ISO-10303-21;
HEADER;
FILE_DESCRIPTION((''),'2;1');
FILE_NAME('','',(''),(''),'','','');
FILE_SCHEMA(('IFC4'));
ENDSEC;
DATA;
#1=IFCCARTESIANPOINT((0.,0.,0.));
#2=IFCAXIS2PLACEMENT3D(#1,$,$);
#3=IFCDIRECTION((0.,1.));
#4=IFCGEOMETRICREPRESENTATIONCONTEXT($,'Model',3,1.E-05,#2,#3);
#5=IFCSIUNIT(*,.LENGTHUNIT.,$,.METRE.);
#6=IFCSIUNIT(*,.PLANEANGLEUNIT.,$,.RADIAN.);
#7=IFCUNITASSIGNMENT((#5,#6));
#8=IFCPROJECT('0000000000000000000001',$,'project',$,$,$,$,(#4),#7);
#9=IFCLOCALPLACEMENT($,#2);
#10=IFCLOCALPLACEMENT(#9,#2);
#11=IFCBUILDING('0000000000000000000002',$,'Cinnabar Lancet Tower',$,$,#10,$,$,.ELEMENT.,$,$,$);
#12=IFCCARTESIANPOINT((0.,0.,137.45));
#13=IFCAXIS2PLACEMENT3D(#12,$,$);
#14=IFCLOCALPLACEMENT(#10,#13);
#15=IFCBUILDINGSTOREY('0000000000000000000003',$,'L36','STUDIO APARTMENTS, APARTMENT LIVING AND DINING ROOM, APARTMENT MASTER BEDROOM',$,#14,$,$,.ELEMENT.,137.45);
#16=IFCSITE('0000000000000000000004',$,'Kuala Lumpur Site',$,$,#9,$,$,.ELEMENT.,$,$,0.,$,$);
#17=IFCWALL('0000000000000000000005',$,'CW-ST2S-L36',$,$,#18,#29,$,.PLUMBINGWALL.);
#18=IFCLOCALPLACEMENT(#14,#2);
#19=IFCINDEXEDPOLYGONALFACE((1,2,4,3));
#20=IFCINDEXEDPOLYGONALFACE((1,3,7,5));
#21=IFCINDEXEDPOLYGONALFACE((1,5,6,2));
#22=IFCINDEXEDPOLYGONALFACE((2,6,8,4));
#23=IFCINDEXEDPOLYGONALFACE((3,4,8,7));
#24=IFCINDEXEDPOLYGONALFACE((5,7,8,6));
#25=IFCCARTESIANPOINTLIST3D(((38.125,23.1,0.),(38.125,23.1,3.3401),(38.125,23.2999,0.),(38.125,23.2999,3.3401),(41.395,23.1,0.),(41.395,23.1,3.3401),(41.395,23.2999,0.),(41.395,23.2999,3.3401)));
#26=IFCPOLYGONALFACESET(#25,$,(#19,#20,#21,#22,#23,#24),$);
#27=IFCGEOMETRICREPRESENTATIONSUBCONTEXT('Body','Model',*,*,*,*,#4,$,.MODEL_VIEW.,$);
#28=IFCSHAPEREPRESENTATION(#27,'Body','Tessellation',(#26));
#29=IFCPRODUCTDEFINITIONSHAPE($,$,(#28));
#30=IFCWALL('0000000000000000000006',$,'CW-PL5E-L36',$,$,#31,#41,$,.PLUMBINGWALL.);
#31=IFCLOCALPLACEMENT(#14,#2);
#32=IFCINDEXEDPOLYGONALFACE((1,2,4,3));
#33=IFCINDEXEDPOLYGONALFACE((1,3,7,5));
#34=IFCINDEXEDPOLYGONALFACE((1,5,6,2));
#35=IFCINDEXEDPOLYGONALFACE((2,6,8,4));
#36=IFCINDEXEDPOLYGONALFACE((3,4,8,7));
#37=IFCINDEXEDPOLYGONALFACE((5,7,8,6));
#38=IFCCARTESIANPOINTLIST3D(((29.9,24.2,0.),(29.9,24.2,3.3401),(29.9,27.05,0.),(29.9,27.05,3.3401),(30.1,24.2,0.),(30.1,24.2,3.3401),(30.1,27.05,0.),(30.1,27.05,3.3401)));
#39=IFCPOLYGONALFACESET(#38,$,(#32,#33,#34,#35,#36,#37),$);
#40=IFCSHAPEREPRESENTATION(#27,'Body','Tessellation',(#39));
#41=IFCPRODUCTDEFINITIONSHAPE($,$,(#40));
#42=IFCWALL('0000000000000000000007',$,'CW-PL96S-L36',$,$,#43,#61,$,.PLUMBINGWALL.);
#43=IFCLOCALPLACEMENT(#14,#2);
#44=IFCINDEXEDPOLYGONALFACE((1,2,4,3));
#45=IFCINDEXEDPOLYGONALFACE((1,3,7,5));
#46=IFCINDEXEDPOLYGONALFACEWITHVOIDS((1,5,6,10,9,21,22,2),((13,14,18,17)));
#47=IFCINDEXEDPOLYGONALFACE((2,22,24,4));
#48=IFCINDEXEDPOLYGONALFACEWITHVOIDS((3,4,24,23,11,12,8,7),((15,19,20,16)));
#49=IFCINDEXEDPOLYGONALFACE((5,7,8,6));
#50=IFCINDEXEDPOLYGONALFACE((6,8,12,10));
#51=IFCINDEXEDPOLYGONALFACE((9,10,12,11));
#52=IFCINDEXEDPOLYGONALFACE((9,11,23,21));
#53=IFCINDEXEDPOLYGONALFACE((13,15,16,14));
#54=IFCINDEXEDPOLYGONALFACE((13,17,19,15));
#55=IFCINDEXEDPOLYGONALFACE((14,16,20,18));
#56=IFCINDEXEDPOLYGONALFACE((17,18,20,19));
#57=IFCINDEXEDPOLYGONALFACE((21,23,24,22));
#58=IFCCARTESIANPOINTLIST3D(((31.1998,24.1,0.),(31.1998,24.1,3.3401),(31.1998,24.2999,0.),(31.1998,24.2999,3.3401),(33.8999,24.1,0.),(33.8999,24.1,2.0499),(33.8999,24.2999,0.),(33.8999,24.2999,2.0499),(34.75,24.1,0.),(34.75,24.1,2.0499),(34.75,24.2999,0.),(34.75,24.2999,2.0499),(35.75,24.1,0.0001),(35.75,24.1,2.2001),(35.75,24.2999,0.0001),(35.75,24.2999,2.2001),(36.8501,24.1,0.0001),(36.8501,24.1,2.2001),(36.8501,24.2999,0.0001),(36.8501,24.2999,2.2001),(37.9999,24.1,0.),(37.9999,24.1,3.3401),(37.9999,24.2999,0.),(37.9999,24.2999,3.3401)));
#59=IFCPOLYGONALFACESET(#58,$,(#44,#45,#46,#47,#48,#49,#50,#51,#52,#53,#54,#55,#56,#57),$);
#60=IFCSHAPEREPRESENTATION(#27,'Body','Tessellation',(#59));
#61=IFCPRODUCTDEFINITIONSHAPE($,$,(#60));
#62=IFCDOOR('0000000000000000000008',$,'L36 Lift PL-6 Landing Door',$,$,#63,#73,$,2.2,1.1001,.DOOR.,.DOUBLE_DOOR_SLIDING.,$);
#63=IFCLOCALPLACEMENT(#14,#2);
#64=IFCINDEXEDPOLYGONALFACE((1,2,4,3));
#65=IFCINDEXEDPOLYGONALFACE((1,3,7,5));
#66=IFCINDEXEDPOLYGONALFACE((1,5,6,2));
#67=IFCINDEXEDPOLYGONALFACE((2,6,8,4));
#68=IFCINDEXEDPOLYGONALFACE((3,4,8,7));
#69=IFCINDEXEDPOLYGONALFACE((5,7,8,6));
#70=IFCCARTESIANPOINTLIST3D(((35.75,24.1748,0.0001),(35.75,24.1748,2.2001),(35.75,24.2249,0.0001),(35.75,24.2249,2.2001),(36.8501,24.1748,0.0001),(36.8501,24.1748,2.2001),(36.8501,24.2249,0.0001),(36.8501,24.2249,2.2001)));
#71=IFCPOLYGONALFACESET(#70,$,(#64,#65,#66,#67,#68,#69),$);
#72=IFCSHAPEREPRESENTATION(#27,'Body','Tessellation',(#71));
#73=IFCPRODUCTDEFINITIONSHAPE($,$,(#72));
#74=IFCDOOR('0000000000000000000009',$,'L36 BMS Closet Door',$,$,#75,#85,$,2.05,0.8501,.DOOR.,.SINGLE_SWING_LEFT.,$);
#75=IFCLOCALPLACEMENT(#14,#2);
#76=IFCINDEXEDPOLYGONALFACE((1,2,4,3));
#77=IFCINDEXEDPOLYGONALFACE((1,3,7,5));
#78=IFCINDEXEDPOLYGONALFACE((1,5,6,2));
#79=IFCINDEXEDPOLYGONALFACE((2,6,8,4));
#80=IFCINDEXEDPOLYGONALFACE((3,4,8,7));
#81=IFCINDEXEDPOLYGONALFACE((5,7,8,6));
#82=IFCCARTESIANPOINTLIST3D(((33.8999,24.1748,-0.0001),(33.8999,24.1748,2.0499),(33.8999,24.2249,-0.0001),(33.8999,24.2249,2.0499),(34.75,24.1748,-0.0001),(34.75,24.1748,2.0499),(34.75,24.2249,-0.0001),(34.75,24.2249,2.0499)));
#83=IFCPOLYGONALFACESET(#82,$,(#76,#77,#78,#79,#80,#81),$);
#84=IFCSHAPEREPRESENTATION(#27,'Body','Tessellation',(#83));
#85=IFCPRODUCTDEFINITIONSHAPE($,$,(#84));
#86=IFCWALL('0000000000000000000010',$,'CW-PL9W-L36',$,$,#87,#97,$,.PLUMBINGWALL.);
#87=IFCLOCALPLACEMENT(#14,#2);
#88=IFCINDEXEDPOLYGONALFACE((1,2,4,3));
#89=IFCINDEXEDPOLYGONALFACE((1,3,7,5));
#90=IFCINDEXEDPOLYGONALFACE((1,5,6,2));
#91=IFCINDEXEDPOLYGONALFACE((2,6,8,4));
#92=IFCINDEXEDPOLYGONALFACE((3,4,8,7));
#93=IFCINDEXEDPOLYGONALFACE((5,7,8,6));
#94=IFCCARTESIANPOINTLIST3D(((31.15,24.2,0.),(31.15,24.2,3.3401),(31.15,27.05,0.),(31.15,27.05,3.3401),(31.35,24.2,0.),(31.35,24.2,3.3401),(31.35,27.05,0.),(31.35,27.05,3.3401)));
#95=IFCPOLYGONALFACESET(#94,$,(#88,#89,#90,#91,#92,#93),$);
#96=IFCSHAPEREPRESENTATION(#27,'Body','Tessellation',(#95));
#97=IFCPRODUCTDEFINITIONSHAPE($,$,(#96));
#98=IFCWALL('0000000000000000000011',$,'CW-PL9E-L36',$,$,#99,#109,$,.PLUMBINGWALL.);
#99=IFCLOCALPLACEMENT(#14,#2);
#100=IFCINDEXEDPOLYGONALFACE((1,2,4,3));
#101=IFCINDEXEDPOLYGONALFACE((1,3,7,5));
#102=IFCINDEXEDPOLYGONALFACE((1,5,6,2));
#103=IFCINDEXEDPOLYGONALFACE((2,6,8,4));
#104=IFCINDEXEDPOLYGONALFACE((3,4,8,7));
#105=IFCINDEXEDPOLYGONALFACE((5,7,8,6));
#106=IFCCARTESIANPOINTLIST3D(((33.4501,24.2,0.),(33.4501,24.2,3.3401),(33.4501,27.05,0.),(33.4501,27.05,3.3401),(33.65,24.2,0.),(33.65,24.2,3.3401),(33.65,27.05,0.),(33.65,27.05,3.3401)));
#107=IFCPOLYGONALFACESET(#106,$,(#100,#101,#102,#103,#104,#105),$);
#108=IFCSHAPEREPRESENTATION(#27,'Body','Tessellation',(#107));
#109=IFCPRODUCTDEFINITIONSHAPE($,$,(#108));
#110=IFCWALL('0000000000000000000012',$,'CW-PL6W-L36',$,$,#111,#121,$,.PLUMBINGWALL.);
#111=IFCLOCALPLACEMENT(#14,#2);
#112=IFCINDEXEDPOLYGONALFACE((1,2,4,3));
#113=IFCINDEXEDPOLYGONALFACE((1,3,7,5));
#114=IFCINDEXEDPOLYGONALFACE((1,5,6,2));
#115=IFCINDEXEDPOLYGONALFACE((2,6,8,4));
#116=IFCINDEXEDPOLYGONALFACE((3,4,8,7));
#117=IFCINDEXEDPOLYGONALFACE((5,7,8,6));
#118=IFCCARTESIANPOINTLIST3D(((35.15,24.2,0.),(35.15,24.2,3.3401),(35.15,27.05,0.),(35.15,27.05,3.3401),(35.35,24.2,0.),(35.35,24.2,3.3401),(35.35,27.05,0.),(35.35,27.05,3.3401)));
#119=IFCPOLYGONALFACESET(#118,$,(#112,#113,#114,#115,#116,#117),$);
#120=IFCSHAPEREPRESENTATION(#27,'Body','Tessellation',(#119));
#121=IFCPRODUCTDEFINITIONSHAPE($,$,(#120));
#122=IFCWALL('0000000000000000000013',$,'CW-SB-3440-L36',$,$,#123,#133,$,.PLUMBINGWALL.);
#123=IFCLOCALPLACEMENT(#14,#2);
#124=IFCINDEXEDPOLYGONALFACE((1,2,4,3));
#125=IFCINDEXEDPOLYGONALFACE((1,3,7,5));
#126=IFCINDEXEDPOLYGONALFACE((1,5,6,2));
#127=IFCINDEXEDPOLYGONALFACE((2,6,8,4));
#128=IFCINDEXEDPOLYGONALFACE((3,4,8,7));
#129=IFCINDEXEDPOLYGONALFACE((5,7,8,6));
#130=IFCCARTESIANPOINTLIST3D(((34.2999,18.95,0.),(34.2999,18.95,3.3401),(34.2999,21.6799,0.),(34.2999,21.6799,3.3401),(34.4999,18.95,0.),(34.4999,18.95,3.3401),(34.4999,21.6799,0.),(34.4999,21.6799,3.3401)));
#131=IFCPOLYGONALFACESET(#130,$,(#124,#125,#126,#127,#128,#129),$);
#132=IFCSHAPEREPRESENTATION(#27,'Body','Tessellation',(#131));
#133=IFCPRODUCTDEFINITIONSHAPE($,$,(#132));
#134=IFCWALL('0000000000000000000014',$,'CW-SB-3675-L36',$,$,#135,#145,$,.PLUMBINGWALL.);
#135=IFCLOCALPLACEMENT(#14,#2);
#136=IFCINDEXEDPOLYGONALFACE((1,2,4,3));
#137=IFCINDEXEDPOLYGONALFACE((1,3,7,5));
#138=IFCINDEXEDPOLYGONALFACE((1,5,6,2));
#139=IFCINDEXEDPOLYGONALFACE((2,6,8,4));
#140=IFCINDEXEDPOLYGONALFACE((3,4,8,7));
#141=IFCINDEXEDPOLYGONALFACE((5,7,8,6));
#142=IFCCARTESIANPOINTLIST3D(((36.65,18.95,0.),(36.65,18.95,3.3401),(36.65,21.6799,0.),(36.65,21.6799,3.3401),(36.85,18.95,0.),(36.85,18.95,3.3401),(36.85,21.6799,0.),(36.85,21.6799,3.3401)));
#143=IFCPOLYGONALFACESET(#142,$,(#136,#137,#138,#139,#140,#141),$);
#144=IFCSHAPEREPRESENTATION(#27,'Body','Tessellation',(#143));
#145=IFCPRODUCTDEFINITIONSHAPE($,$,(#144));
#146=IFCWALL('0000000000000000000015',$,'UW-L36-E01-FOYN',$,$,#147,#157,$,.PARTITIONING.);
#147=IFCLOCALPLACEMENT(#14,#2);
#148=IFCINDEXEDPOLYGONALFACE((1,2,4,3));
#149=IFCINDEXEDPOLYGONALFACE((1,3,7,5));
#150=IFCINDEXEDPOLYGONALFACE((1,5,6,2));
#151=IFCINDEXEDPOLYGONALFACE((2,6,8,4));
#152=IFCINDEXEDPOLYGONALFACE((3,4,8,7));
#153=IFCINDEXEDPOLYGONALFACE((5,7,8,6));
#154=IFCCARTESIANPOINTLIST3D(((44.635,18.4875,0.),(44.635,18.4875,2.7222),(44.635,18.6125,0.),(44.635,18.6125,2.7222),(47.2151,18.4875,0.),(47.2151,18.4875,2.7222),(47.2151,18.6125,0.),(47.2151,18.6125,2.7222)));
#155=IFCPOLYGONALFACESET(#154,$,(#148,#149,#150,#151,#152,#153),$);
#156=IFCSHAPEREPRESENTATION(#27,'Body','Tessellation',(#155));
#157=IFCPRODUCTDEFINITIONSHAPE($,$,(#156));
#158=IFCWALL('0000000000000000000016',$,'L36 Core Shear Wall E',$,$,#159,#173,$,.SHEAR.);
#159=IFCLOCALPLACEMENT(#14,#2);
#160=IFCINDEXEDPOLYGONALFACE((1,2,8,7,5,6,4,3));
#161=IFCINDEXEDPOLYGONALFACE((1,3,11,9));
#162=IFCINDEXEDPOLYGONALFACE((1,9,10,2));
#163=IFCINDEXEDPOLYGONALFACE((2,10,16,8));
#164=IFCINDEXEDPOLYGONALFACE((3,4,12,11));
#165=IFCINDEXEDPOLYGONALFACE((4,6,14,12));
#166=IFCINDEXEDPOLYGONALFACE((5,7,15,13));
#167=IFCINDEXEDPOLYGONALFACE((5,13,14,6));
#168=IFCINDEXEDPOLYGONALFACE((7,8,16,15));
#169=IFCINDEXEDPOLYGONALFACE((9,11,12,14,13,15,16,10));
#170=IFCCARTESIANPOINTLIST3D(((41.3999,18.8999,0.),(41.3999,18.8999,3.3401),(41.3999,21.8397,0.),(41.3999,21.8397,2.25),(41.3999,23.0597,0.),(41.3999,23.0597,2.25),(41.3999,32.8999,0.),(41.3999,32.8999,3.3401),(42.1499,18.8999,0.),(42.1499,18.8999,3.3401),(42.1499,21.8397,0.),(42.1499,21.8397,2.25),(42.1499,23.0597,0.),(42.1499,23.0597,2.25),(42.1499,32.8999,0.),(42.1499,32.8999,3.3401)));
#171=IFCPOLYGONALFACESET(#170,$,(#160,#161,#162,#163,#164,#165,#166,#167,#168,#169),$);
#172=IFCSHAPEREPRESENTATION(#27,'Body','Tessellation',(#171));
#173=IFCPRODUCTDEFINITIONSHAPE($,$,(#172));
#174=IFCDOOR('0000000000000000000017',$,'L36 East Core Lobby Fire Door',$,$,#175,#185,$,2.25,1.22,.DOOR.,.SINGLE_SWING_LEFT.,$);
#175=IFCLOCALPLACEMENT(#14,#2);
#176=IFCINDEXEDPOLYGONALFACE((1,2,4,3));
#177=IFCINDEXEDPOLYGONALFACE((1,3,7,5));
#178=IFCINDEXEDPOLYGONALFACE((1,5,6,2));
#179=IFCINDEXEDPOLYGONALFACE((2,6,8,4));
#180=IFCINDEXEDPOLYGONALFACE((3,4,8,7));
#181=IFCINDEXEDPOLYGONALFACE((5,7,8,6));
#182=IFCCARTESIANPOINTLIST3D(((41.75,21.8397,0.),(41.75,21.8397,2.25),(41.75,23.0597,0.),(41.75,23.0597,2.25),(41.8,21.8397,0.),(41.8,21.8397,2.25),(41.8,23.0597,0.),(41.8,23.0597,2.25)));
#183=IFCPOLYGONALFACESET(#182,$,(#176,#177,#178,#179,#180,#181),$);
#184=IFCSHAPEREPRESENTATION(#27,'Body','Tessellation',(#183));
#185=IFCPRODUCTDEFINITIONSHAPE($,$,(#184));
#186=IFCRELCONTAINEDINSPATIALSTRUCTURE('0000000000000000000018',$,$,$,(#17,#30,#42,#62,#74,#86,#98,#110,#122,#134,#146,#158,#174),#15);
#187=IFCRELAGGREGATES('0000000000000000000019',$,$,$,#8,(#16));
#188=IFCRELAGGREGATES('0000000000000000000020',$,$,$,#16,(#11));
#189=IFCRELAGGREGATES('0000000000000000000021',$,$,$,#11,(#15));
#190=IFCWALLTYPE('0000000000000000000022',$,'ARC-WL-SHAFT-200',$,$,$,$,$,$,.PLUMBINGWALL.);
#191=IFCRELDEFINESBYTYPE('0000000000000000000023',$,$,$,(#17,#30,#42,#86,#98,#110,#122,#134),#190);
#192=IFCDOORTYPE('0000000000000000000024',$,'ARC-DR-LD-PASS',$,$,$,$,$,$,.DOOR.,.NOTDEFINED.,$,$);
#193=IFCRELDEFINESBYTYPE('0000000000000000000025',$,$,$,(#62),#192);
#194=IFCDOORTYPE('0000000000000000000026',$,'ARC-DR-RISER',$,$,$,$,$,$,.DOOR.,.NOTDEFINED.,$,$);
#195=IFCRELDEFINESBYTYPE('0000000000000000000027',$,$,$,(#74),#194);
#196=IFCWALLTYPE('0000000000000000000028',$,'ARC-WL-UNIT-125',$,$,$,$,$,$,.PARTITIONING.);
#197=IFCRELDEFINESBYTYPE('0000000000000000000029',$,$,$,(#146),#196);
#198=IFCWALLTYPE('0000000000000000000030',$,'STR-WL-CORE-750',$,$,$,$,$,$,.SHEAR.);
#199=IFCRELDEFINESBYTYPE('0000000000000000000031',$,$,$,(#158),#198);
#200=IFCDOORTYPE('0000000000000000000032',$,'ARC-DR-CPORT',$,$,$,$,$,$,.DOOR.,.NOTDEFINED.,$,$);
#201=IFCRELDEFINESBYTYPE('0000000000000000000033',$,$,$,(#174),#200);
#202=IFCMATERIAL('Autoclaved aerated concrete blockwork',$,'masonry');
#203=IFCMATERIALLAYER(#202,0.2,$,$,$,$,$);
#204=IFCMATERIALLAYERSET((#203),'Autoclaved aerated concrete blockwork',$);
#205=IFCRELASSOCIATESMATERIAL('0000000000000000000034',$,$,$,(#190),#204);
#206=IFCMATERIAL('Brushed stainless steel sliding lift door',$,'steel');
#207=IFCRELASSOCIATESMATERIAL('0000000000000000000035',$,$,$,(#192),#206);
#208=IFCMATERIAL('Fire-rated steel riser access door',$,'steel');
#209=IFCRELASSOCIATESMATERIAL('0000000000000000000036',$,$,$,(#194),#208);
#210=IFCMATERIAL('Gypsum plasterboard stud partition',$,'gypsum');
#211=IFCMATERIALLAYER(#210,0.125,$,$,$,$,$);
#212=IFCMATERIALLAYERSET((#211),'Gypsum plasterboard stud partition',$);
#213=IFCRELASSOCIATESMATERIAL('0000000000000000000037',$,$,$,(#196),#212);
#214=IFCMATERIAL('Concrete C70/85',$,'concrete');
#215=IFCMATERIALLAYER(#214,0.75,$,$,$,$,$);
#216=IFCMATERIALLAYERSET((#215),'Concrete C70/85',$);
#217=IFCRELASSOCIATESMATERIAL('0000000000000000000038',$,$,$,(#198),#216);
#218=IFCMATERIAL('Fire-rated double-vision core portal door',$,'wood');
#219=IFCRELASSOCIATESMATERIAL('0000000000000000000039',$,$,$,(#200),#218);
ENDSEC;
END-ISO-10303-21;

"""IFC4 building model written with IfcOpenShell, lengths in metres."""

from ifc_helpers import new_model, si_unit, direction, frame, frame_2d, origin, place, context, subcontext, project, spatial, rectangle, extrude, material, layer, layer_set, type_object, element, fill, save


model = new_model("IFC4")

# Units and contexts
model_context = context("Model", 3, precision=1e-05, world=origin(), true_north=direction((0.0, 1.0)))
body_context = subcontext(model_context, "Body", "Model", "MODEL_VIEW")
ifc_project = project(units=[si_unit("LENGTHUNIT", "METRE"), si_unit("PLANEANGLEUNIT", "RADIAN")], contexts=[model_context])

# Site, building, storey
site_placement = place(None, origin())
site = spatial("IfcSite", under=ifc_project, at=site_placement, Name="Kuala Lumpur Site", CompositionType="ELEMENT", RefElevation=0.0)
building_placement = place(site_placement, origin())
building = spatial("IfcBuilding", under=site, at=building_placement, Name="Cinnabar Lancet Tower", CompositionType="ELEMENT")
storey_placement = place(building_placement, frame((0.0, 0.0, 137.45)))
storey = spatial("IfcBuildingStorey", under=building, at=storey_placement, Name="L36", Description="STUDIO APARTMENTS, APARTMENT LIVING AND DINING ROOM, APARTMENT MASTER BEDROOM", CompositionType="ELEMENT", Elevation=137.45)

# Walls
ifc_material_1 = material(Name="Autoclaved aerated concrete blockwork", Category="masonry")
ifc_layer_1 = layer(ifc_material_1, 0.2)
ifc_layer_set_1 = layer_set([ifc_layer_1], Name="Autoclaved aerated concrete blockwork")
wall_type_1 = type_object("IfcWallType", Name="ARC-WL-SHAFT-200", PredefinedType="PLUMBINGWALL", material=ifc_layer_set_1)
wall_1_placement = place(storey_placement, frame((38.125, 23.2, 0.0), z_axis=(0.0, 0.0, 1.0), x_axis=(1.0, 0.0, 0.0)))
element("IfcWall", 1, at=wall_1_placement, inside=storey, type_object=wall_type_1, Name="CW-ST2S-L36", PredefinedType="PLUMBINGWALL", context=body_context, shape_type="SweptSolid", body=[
    extrude(rectangle(XDim=3.27, YDim=0.2, at=frame_2d((1.635, 0.0))), origin(), (0.0, 0.0, 1.0), 3.3401),
])
wall_2_placement = place(storey_placement, frame((30.0, 24.2, 0.0), z_axis=(0.0, 0.0, 1.0), x_axis=(0.0, 1.0, 0.0)))
element("IfcWall", 2, at=wall_2_placement, inside=storey, type_object=wall_type_1, Name="CW-PL5E-L36", PredefinedType="PLUMBINGWALL", context=body_context, shape_type="SweptSolid", body=[
    extrude(rectangle(XDim=2.8501, YDim=0.2, at=frame_2d((1.425, 0.0))), origin(), (0.0, 0.0, 1.0), 3.3401),
])

# Wall, openings, doors
wall_3_placement = place(storey_placement, frame((31.2, 24.2, 0.0), z_axis=(0.0, 0.0, 1.0), x_axis=(1.0, 0.0, 0.0)))
wall_3 = element("IfcWall", 3, at=wall_3_placement, inside=storey, type_object=wall_type_1, Name="CW-PL96S-L36", PredefinedType="PLUMBINGWALL", context=body_context, shape_type="SweptSolid", body=[
    extrude(rectangle(XDim=6.8, YDim=0.2, at=frame_2d((3.3999, 0.0))), origin(), (0.0, 0.0, 1.0), 3.3401),
])
opening_1_placement = place(wall_3_placement, frame((2.7, 0.0, 0.0)))
opening_1 = element("IfcOpeningElement", 4, at=opening_1_placement, cuts=wall_3, PredefinedType="OPENING", context=body_context, shape_type="SweptSolid", body=[
    extrude(rectangle(XDim=0.8501, YDim=2.05, at=frame_2d((0.425, 1.0249))), frame((0.0, 0.1099, 0.0), z_axis=(0.0, -1.0, 0.0), x_axis=(1.0, 0.0, 0.0)), (0.0, 0.0, 1.0), 0.22),
])
opening_2_placement = place(wall_3_placement, frame((4.55, 0.0, 0.0)))
opening_2 = element("IfcOpeningElement", 5, at=opening_2_placement, cuts=wall_3, PredefinedType="OPENING", context=body_context, shape_type="SweptSolid", body=[
    extrude(rectangle(XDim=1.1001, YDim=2.2, at=frame_2d((0.55, 1.1001))), frame((0.0, 0.1099, 0.0), z_axis=(0.0, -1.0, 0.0), x_axis=(1.0, 0.0, 0.0)), (0.0, 0.0, 1.0), 0.22),
])
ifc_material_2 = material(Name="Brushed stainless steel sliding lift door", Category="steel")
door_type_1 = type_object("IfcDoorType", Name="ARC-DR-LD-PASS", OperationType="NOTDEFINED", PredefinedType="DOOR", material=ifc_material_2)
door_1_placement = place(opening_2_placement, origin())
door_1 = element("IfcDoor", 6, at=door_1_placement, inside=storey, type_object=door_type_1, Name="L36 Lift PL-6 Landing Door", OperationType="DOUBLE_DOOR_SLIDING", OverallHeight=2.2, OverallWidth=1.1001, PredefinedType="DOOR", context=body_context, shape_type="SweptSolid", body=[
    extrude(rectangle(XDim=1.1001, YDim=2.2, at=frame_2d((0.55, 1.1001))), frame((0.0, 0.0249, 0.0), z_axis=(0.0, -1.0, 0.0), x_axis=(1.0, 0.0, 0.0)), (0.0, 0.0, 1.0), 0.05),
])
fill(opening_2, door_1)
ifc_material_3 = material(Name="Fire-rated steel riser access door", Category="steel")
door_type_2 = type_object("IfcDoorType", Name="ARC-DR-RISER", OperationType="NOTDEFINED", PredefinedType="DOOR", material=ifc_material_3)
door_2_placement = place(opening_1_placement, origin())
door_2 = element("IfcDoor", 7, at=door_2_placement, inside=storey, type_object=door_type_2, Name="L36 BMS Closet Door", OperationType="SINGLE_SWING_LEFT", OverallHeight=2.05, OverallWidth=0.8501, PredefinedType="DOOR", context=body_context, shape_type="SweptSolid", body=[
    extrude(rectangle(XDim=0.8501, YDim=2.05, at=frame_2d((0.425, 1.0249))), frame((0.0, 0.0249, 0.0), z_axis=(0.0, -1.0, 0.0), x_axis=(1.0, 0.0, 0.0)), (0.0, 0.0, 1.0), 0.05),
])
fill(opening_1, door_2)

# Walls
for number, where, z_axis, x_axis, name in (
    (8, (31.25, 24.2, 0.0), (0.0, 0.0, 1.0), (0.0, 1.0, 0.0), "CW-PL9W-L36"),
    (9, (33.55, 24.2, 0.0), (0.0, 0.0, 1.0), (0.0, 1.0, 0.0), "CW-PL9E-L36"),
    (10, (35.25, 24.2, 0.0), (0.0, 0.0, 1.0), (0.0, 1.0, 0.0), "CW-PL6W-L36"),
):
    element("IfcWall", number, at=place(storey_placement, frame(where, z_axis=z_axis, x_axis=x_axis)), inside=storey, type_object=wall_type_1, Name=name, PredefinedType="PLUMBINGWALL", context=body_context, shape_type="SweptSolid", body=[
        extrude(rectangle(XDim=2.8501, YDim=0.2, at=frame_2d((1.425, 0.0))), origin(), (0.0, 0.0, 1.0), 3.3401),
    ])
for number, where, z_axis, x_axis, name in (
    (11, (34.3999, 18.95, 0.0), (0.0, 0.0, 1.0), (0.0, 1.0, 0.0), "CW-SB-3440-L36"),
    (12, (36.75, 18.95, 0.0), (0.0, 0.0, 1.0), (0.0, 1.0, 0.0), "CW-SB-3675-L36"),
):
    element("IfcWall", number, at=place(storey_placement, frame(where, z_axis=z_axis, x_axis=x_axis)), inside=storey, type_object=wall_type_1, Name=name, PredefinedType="PLUMBINGWALL", context=body_context, shape_type="SweptSolid", body=[
        extrude(rectangle(XDim=2.73, YDim=0.2, at=frame_2d((1.365, 0.0))), origin(), (0.0, 0.0, 1.0), 3.3401),
    ])
ifc_material_4 = material(Name="Gypsum plasterboard stud partition", Category="gypsum")
ifc_layer_2 = layer(ifc_material_4, 0.125)
ifc_layer_set_2 = layer_set([ifc_layer_2], Name="Gypsum plasterboard stud partition")
wall_type_2 = type_object("IfcWallType", Name="ARC-WL-UNIT-125", PredefinedType="PARTITIONING", material=ifc_layer_set_2)
wall_4_placement = place(storey_placement, frame((44.635, 18.55, 0.0), z_axis=(0.0, 0.0, 1.0), x_axis=(1.0, 0.0, 0.0)))
element("IfcWall", 13, at=wall_4_placement, inside=storey, type_object=wall_type_2, Name="UW-L36-E01-FOYN", PredefinedType="PARTITIONING", context=body_context, shape_type="SweptSolid", body=[
    extrude(rectangle(XDim=2.5801, YDim=0.125, at=frame_2d((1.29, 0.0))), origin(), (0.0, 0.0, 1.0), 2.7222),
])

# Wall, opening, door
ifc_material_5 = material(Name="Concrete C70/85", Category="concrete")
ifc_layer_3 = layer(ifc_material_5, 0.75)
ifc_layer_set_3 = layer_set([ifc_layer_3], Name="Concrete C70/85")
wall_type_3 = type_object("IfcWallType", Name="STR-WL-CORE-750", PredefinedType="SHEAR", material=ifc_layer_set_3)
wall_5_placement = place(storey_placement, frame((41.7749, 18.8999, 0.0), z_axis=(0.0, 0.0, 1.0), x_axis=(0.0, 1.0, 0.0)))
wall_5 = element("IfcWall", 14, at=wall_5_placement, inside=storey, type_object=wall_type_3, Name="L36 Core Shear Wall E", PredefinedType="SHEAR", context=body_context, shape_type="SweptSolid", body=[
    extrude(rectangle(XDim=14.0, YDim=0.75, at=frame_2d((7.0, 0.0))), origin(), (0.0, 0.0, 1.0), 3.3401),
])
opening_3_placement = place(wall_5_placement, frame((2.9399, 0.0, 0.0)))
opening_3 = element("IfcOpeningElement", 15, at=opening_3_placement, cuts=wall_5, PredefinedType="OPENING", context=body_context, shape_type="SweptSolid", body=[
    extrude(rectangle(XDim=1.22, YDim=2.25, at=frame_2d((0.6099, 1.125))), frame((0.0, 0.385, 0.0), z_axis=(0.0, -1.0, 0.0), x_axis=(1.0, 0.0, 0.0)), (0.0, 0.0, 1.0), 0.77),
])
ifc_material_6 = material(Name="Fire-rated double-vision core portal door", Category="wood")
door_type_3 = type_object("IfcDoorType", Name="ARC-DR-CPORT", OperationType="NOTDEFINED", PredefinedType="DOOR", material=ifc_material_6)
door_3_placement = place(opening_3_placement, origin())
door_3 = element("IfcDoor", 16, at=door_3_placement, inside=storey, type_object=door_type_3, Name="L36 East Core Lobby Fire Door", OperationType="SINGLE_SWING_LEFT", OverallHeight=2.25, OverallWidth=1.22, PredefinedType="DOOR", context=body_context, shape_type="SweptSolid", body=[
    extrude(rectangle(XDim=1.22, YDim=2.25, at=frame_2d((0.6099, 1.125))), frame((0.0, 0.0249, 0.0), z_axis=(0.0, -1.0, 0.0), x_axis=(1.0, 0.0, 0.0)), (0.0, 0.0, 1.0), 0.05),
])
fill(opening_3, door_3)

save(model, "model.ifc")
